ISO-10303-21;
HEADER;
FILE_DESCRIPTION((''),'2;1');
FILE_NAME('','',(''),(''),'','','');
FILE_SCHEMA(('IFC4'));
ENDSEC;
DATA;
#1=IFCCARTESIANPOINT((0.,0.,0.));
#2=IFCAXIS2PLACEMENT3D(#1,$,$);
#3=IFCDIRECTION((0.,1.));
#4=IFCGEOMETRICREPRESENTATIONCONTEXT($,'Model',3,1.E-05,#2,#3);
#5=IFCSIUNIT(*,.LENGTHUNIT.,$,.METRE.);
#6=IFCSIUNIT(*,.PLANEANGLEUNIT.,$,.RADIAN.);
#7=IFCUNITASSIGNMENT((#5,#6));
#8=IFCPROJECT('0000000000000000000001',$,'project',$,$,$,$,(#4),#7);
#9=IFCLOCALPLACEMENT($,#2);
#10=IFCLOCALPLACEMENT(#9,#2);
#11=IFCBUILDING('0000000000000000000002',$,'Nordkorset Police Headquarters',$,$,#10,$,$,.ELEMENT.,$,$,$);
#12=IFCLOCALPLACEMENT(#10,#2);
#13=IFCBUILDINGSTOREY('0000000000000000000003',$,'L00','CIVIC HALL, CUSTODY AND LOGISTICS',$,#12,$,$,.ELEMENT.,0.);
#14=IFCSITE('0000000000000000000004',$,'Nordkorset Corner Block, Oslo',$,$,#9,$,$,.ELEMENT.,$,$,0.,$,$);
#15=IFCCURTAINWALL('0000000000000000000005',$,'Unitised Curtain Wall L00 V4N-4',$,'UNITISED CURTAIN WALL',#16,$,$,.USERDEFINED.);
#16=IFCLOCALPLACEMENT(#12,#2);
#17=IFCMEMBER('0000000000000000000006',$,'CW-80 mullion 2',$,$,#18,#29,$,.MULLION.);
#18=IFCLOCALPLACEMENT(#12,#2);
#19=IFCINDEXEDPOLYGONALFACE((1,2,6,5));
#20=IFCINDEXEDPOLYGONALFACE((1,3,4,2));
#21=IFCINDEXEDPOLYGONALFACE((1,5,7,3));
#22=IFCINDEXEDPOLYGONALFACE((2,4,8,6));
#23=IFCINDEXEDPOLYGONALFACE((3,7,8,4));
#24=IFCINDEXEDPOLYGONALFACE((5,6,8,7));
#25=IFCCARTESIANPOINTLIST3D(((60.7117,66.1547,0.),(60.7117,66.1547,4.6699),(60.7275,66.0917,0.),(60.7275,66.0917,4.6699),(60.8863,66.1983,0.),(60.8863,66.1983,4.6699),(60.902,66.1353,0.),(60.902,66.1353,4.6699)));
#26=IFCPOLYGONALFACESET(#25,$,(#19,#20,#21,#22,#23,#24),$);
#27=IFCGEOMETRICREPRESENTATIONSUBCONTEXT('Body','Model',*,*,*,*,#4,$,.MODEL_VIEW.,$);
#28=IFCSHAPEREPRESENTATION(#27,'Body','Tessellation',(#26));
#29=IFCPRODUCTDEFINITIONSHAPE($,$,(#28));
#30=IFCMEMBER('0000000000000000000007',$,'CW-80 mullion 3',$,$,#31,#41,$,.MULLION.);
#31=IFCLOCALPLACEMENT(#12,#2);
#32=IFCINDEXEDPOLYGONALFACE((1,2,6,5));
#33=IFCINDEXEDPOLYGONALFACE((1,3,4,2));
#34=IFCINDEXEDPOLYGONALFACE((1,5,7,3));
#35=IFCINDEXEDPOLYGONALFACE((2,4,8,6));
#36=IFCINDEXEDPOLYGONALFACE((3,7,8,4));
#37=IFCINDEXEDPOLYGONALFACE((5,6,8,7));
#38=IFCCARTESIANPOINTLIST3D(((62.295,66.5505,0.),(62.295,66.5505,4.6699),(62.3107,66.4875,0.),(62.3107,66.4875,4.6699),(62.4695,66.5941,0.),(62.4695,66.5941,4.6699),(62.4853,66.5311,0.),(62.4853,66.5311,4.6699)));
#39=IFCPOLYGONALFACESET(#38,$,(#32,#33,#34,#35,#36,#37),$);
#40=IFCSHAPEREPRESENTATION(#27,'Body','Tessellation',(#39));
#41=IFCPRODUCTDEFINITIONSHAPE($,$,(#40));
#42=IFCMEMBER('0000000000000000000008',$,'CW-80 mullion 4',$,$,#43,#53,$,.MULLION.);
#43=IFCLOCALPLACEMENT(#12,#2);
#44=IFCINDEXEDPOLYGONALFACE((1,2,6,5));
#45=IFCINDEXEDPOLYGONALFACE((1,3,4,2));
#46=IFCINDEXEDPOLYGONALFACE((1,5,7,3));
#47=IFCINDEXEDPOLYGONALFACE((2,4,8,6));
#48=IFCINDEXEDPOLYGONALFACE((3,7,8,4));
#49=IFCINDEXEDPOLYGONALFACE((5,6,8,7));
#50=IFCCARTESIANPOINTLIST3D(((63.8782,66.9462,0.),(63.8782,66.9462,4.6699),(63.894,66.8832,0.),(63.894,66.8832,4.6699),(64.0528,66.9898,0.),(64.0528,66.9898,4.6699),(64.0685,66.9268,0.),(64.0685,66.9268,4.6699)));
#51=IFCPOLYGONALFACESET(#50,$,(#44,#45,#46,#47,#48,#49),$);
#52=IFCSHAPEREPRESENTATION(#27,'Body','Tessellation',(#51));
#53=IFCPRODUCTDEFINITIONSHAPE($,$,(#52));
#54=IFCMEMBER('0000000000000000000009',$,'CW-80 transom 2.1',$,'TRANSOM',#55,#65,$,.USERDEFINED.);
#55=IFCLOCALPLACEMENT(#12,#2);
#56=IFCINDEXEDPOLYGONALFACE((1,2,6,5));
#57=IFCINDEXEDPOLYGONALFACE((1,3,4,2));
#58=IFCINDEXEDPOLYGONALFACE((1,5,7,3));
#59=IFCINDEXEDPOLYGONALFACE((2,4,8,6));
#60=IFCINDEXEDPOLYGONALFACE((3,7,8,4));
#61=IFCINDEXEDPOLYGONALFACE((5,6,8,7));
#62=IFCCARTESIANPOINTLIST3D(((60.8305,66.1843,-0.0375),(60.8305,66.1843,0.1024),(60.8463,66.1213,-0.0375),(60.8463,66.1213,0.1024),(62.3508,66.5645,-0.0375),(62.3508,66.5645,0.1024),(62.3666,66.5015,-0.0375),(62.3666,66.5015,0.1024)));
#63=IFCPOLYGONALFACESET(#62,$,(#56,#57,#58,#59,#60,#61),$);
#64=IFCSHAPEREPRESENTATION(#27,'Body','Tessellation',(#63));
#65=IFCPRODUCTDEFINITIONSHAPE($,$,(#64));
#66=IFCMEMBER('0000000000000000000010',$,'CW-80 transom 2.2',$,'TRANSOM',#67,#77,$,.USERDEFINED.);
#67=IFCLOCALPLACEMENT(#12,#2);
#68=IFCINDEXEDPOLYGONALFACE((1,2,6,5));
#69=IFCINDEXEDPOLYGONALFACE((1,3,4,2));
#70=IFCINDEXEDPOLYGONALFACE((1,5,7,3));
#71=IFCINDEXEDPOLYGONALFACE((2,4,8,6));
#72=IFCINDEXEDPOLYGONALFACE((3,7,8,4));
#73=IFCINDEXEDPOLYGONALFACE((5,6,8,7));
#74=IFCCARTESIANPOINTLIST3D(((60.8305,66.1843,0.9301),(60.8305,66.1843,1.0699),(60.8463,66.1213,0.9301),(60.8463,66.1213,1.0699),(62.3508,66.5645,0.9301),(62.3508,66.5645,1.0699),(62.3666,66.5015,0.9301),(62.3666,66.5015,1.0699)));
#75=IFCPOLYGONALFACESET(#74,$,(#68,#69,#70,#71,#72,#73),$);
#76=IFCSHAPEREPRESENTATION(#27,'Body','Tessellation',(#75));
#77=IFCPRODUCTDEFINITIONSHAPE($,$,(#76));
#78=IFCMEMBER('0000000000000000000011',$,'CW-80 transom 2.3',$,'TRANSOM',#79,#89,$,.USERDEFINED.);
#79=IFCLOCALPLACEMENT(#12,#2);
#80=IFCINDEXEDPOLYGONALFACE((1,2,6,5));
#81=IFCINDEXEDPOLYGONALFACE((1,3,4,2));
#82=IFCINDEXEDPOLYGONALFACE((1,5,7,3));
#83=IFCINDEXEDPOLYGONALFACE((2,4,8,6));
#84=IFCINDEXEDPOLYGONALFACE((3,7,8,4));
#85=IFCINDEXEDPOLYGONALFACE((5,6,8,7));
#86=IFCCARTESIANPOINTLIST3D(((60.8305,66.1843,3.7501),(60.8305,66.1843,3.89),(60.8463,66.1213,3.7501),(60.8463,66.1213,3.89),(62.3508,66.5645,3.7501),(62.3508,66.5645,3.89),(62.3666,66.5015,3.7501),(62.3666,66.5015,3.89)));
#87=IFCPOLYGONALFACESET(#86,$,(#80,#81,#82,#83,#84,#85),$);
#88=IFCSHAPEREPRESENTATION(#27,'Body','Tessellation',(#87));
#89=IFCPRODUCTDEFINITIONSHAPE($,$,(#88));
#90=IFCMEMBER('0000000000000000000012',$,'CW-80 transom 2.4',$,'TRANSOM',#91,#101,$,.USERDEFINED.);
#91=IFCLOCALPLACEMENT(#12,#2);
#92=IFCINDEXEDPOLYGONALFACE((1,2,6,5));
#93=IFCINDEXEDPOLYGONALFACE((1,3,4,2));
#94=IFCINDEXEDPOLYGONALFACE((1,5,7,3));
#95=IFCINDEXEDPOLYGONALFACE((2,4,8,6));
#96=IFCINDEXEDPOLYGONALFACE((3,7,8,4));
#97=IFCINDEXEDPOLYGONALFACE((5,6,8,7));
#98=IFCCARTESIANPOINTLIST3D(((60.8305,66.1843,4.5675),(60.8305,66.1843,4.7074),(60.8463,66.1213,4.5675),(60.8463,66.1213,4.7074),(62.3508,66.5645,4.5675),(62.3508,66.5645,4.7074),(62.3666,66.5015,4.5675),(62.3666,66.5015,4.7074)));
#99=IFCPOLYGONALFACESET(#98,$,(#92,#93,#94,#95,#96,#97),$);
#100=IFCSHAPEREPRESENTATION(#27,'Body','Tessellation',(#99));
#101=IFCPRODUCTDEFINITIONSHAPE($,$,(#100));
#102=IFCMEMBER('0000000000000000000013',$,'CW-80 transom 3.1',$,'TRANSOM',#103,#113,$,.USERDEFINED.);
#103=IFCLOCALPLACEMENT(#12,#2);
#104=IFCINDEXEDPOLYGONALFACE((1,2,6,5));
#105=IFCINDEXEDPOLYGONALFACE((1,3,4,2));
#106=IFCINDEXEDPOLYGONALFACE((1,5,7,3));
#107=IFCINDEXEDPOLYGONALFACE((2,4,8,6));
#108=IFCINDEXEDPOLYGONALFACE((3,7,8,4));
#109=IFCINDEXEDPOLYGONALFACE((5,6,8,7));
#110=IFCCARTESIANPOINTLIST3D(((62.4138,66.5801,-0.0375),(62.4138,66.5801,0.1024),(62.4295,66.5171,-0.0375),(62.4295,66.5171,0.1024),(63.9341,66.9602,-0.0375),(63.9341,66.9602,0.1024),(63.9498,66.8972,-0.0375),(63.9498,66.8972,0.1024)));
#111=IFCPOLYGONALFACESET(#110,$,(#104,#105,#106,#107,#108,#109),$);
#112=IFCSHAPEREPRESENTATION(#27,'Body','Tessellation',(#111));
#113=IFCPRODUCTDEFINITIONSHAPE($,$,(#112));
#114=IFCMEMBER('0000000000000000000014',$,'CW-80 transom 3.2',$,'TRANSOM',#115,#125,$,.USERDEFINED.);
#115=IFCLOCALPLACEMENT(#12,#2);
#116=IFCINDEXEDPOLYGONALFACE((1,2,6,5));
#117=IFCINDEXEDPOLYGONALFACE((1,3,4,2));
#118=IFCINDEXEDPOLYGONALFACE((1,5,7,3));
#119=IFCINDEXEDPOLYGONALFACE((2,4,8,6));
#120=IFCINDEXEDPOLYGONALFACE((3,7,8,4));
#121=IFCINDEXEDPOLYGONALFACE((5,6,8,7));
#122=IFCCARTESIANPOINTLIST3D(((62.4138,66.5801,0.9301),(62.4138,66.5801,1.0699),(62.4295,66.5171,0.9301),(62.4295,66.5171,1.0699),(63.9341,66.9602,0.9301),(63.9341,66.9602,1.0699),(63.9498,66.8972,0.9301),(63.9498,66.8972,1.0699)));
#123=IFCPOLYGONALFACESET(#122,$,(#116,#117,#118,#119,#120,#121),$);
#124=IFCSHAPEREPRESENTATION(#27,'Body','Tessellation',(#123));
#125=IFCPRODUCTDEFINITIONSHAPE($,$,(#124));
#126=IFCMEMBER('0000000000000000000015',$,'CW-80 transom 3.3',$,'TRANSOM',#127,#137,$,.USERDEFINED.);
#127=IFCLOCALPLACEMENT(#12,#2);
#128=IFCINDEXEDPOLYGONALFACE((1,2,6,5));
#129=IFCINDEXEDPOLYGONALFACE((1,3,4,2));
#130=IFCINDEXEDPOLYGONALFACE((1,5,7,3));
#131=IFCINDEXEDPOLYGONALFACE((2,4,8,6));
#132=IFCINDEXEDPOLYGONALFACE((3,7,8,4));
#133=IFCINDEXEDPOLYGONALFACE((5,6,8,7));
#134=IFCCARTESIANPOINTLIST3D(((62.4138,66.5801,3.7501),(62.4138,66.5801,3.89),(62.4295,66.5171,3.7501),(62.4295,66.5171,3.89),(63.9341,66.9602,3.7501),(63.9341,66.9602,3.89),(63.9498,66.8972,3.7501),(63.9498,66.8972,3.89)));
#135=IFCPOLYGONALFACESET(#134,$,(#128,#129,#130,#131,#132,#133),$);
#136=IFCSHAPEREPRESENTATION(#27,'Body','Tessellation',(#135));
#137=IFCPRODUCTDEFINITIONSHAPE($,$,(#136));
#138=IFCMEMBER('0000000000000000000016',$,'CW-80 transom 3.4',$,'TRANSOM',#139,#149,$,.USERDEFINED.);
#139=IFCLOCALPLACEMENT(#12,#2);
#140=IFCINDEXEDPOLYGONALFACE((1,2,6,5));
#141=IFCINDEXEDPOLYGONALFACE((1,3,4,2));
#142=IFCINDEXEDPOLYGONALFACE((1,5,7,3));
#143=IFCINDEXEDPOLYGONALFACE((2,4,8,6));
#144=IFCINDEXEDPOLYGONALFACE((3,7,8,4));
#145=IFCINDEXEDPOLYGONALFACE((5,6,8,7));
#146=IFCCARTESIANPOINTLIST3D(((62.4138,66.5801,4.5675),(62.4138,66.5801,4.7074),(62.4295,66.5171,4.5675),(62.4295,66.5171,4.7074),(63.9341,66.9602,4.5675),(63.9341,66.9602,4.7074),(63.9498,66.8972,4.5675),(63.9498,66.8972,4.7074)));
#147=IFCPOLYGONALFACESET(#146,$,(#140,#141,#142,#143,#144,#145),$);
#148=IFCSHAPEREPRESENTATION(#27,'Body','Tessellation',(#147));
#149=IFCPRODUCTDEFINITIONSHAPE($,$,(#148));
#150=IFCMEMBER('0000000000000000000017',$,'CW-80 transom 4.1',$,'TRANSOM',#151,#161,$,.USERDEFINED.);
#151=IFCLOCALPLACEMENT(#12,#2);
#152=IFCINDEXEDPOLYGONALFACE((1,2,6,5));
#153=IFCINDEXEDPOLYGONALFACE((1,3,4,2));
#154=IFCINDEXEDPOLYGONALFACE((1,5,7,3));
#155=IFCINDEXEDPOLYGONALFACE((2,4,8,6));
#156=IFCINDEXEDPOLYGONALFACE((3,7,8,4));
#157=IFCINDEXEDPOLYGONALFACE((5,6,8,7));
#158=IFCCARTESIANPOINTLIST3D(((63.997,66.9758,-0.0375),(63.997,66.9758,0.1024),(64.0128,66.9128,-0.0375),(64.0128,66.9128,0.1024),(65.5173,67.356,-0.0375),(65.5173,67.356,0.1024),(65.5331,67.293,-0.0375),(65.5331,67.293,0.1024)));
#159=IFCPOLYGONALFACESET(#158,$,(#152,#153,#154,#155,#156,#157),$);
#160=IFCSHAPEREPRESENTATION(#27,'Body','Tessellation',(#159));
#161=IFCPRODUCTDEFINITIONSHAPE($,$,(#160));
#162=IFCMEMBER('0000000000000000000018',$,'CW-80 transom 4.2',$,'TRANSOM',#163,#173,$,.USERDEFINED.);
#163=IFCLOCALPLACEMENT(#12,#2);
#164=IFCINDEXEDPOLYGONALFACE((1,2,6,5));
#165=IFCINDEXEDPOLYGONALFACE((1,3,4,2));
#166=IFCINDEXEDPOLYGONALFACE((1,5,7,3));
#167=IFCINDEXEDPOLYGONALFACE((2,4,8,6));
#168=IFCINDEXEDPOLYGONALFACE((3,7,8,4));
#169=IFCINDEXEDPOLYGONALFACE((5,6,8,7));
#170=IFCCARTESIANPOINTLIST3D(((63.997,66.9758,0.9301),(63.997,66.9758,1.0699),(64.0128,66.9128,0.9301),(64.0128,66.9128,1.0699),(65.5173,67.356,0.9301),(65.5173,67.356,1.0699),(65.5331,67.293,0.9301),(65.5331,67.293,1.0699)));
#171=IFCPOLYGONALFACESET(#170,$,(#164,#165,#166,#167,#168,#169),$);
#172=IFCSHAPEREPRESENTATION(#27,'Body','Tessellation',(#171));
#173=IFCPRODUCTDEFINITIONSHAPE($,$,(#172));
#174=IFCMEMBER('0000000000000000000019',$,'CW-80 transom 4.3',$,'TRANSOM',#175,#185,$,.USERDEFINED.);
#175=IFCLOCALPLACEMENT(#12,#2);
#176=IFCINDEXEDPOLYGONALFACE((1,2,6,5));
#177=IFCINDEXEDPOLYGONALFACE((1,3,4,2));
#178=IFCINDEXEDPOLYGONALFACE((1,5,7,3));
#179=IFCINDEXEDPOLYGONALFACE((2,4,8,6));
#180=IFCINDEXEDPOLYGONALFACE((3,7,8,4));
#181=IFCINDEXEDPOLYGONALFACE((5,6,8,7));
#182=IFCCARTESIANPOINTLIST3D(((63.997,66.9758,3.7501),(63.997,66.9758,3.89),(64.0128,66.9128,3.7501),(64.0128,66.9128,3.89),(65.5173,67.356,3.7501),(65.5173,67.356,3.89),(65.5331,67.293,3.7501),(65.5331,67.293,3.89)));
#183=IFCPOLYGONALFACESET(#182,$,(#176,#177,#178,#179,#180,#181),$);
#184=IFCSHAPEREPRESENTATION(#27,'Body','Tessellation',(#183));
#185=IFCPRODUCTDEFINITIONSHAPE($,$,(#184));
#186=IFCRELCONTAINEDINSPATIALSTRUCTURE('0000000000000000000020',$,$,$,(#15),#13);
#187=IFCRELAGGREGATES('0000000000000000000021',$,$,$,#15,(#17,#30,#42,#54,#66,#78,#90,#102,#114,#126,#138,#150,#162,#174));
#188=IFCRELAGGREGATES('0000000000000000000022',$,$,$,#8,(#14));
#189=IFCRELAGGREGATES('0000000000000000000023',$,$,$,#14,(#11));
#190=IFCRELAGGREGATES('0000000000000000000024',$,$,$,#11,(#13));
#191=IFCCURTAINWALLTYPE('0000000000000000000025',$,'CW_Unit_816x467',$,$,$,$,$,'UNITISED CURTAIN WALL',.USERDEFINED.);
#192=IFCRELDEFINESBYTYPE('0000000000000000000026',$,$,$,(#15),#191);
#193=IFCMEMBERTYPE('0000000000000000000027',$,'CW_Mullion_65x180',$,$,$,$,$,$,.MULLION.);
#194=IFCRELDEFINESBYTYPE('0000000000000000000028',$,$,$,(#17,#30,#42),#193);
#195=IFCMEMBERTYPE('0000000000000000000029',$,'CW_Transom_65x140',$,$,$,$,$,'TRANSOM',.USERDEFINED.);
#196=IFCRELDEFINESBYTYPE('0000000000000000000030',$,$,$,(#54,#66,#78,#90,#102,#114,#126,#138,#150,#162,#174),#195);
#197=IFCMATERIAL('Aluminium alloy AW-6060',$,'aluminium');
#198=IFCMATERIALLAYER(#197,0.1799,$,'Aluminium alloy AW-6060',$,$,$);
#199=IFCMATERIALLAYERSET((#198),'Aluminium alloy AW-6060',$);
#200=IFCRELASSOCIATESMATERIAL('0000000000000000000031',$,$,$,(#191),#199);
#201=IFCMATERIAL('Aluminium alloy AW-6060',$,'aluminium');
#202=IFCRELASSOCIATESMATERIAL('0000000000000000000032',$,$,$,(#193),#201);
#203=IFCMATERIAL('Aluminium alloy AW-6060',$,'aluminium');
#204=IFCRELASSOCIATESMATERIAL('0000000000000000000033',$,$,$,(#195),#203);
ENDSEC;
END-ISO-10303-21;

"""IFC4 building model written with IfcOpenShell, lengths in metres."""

from ifc_helpers import new_model, si_unit, direction, frame, origin, origin_2d, place, context, subcontext, project, spatial, rectangle, extrude, material, layer, layer_set, material_profile, profile_set, type_object, element, aggregate, save


model = new_model("IFC4")

# Units and contexts
model_context = context("Model", 3, precision=1e-05, world=origin(), true_north=direction((0.0, 1.0)))
body_context = subcontext(model_context, "Body", "Model", "MODEL_VIEW")
ifc_project = project(units=[si_unit("LENGTHUNIT", "METRE"), si_unit("PLANEANGLEUNIT", "RADIAN")], contexts=[model_context])

# Site, building, storey
site_placement = place(None, origin())
site = spatial("IfcSite", under=ifc_project, at=site_placement, Name="Nordkorset Corner Block, Oslo", CompositionType="ELEMENT", RefElevation=0.0)
building_placement = place(site_placement, origin())
building = spatial("IfcBuilding", under=site, at=building_placement, Name="Nordkorset Police Headquarters", CompositionType="ELEMENT")
storey_placement = place(building_placement, origin())
storey = spatial("IfcBuildingStorey", under=building, at=storey_placement, Name="L00", Description="CIVIC HALL, CUSTODY AND LOGISTICS", CompositionType="ELEMENT", Elevation=0.0)

# Curtain wall, members
ifc_material_1 = material(Name="Aluminium alloy AW-6060", Category="aluminium")
ifc_layer_1 = layer(ifc_material_1, 0.1799, Name="Aluminium alloy AW-6060")
ifc_layer_set_1 = layer_set([ifc_layer_1], Name="Aluminium alloy AW-6060")
curtain_wall_type = type_object("IfcCurtainWallType", Name="CW_Unit_816x467", ElementType="UNITISED CURTAIN WALL", PredefinedType="USERDEFINED", material=ifc_layer_set_1)
curtain_wall_placement = place(storey_placement, origin())
curtain_wall = element("IfcCurtainWall", 1, at=curtain_wall_placement, inside=storey, type_object=curtain_wall_type, Name="Unitised Curtain Wall L00 V4N-4", ObjectType="UNITISED CURTAIN WALL", PredefinedType="USERDEFINED")
ifc_material_2 = material(Name="Aluminium alloy AW-6060", Category="aluminium")
ifc_material_profile_1 = material_profile(ifc_material_2, rectangle(XDim=0.0649, YDim=0.1799, at=origin_2d()), Name="ALU MULL 65x180")
ifc_profile_set_1 = profile_set([ifc_material_profile_1], Name="Aluminium alloy AW-6060")
member_type_1 = type_object("IfcMemberType", Name="CW_Mullion_65x180", PredefinedType="MULLION", material=ifc_profile_set_1)
member_1_placement = place(storey_placement, frame((60.8069, 66.145, 0.0), z_axis=(0.0, 0.0, 1.0), x_axis=(-0.242535, 0.970143, 0.0)))
member_1 = element("IfcMember", 2, at=member_1_placement, type_object=member_type_1, Name="CW-80 mullion 2", PredefinedType="MULLION", context=body_context, shape_type="SweptSolid", body=[
    extrude(rectangle(XDim=0.0649, YDim=0.1799, at=origin_2d()), origin(), (0.0, 0.0, 1.0), 4.6699),
])
member_2_placement = place(storey_placement, frame((62.3901, 66.5408, 0.0), z_axis=(0.0, 0.0, 1.0), x_axis=(-0.242535, 0.970143, 0.0)))
member_2 = element("IfcMember", 3, at=member_2_placement, type_object=member_type_1, Name="CW-80 mullion 3", PredefinedType="MULLION", context=body_context, shape_type="SweptSolid", body=[
    extrude(rectangle(XDim=0.0649, YDim=0.1799, at=origin_2d()), origin(), (0.0, 0.0, 1.0), 4.6699),
])
member_3_placement = place(storey_placement, frame((63.9734, 66.9365, 0.0), z_axis=(0.0, 0.0, 1.0), x_axis=(-0.242535, 0.970143, 0.0)))
member_3 = element("IfcMember", 4, at=member_3_placement, type_object=member_type_1, Name="CW-80 mullion 4", PredefinedType="MULLION", context=body_context, shape_type="SweptSolid", body=[
    extrude(rectangle(XDim=0.0649, YDim=0.1799, at=origin_2d()), origin(), (0.0, 0.0, 1.0), 4.6699),
])
ifc_material_3 = material(Name="Aluminium alloy AW-6060", Category="aluminium")
ifc_material_profile_2 = material_profile(ifc_material_3, rectangle(XDim=0.0649, YDim=0.1399, at=origin_2d()), Name="ALU TRAN 65x140")
ifc_profile_set_2 = profile_set([ifc_material_profile_2], Name="Aluminium alloy AW-6060")
member_type_2 = type_object("IfcMemberType", Name="CW_Transom_65x140", ElementType="TRANSOM", PredefinedType="USERDEFINED", material=ifc_profile_set_2)
member_4_placement = place(storey_placement, frame((60.8384, 66.1528, 0.0325), z_axis=(0.970133, 0.242572, 0.0), x_axis=(-0.242572, 0.970133, 0.0)))
member_4 = element("IfcMember", 5, at=member_4_placement, type_object=member_type_2, Name="CW-80 transom 2.1", ObjectType="TRANSOM", PredefinedType="USERDEFINED", context=body_context, shape_type="SweptSolid", body=[
    extrude(rectangle(XDim=0.0649, YDim=0.1399, at=origin_2d()), origin(), (0.0, 0.0, 1.0), 1.5671),
])
member_5_placement = place(storey_placement, frame((60.8384, 66.1528, 1.0), z_axis=(0.970133, 0.242572, 0.0), x_axis=(-0.242572, 0.970133, 0.0)))
member_5 = element("IfcMember", 6, at=member_5_placement, type_object=member_type_2, Name="CW-80 transom 2.2", ObjectType="TRANSOM", PredefinedType="USERDEFINED", context=body_context, shape_type="SweptSolid", body=[
    extrude(rectangle(XDim=0.0649, YDim=0.1399, at=origin_2d()), origin(), (0.0, 0.0, 1.0), 1.5671),
])
member_6_placement = place(storey_placement, frame((60.8384, 66.1528, 3.8201), z_axis=(0.970133, 0.242572, 0.0), x_axis=(-0.242572, 0.970133, 0.0)))
member_6 = element("IfcMember", 7, at=member_6_placement, type_object=member_type_2, Name="CW-80 transom 2.3", ObjectType="TRANSOM", PredefinedType="USERDEFINED", context=body_context, shape_type="SweptSolid", body=[
    extrude(rectangle(XDim=0.0649, YDim=0.1399, at=origin_2d()), origin(), (0.0, 0.0, 1.0), 1.5671),
])
member_7_placement = place(storey_placement, frame((60.8384, 66.1528, 4.6375), z_axis=(0.970133, 0.242572, 0.0), x_axis=(-0.242572, 0.970133, 0.0)))
member_7 = element("IfcMember", 8, at=member_7_placement, type_object=member_type_2, Name="CW-80 transom 2.4", ObjectType="TRANSOM", PredefinedType="USERDEFINED", context=body_context, shape_type="SweptSolid", body=[
    extrude(rectangle(XDim=0.0649, YDim=0.1399, at=origin_2d()), origin(), (0.0, 0.0, 1.0), 1.5671),
])
member_8_placement = place(storey_placement, frame((62.4216, 66.5486, 0.0325), z_axis=(0.970133, 0.242572, 0.0), x_axis=(-0.242572, 0.970133, 0.0)))
member_8 = element("IfcMember", 9, at=member_8_placement, type_object=member_type_2, Name="CW-80 transom 3.1", ObjectType="TRANSOM", PredefinedType="USERDEFINED", context=body_context, shape_type="SweptSolid", body=[
    extrude(rectangle(XDim=0.0649, YDim=0.1399, at=origin_2d()), origin(), (0.0, 0.0, 1.0), 1.5671),
])
member_9_placement = place(storey_placement, frame((62.4216, 66.5486, 1.0), z_axis=(0.970133, 0.242572, 0.0), x_axis=(-0.242572, 0.970133, 0.0)))
member_9 = element("IfcMember", 10, at=member_9_placement, type_object=member_type_2, Name="CW-80 transom 3.2", ObjectType="TRANSOM", PredefinedType="USERDEFINED", context=body_context, shape_type="SweptSolid", body=[
    extrude(rectangle(XDim=0.0649, YDim=0.1399, at=origin_2d()), origin(), (0.0, 0.0, 1.0), 1.5671),
])
member_10_placement = place(storey_placement, frame((62.4216, 66.5486, 3.8201), z_axis=(0.970133, 0.242572, 0.0), x_axis=(-0.242572, 0.970133, 0.0)))
member_10 = element("IfcMember", 11, at=member_10_placement, type_object=member_type_2, Name="CW-80 transom 3.3", ObjectType="TRANSOM", PredefinedType="USERDEFINED", context=body_context, shape_type="SweptSolid", body=[
    extrude(rectangle(XDim=0.0649, YDim=0.1399, at=origin_2d()), origin(), (0.0, 0.0, 1.0), 1.5671),
])
member_11_placement = place(storey_placement, frame((62.4216, 66.5486, 4.6375), z_axis=(0.970133, 0.242572, 0.0), x_axis=(-0.242572, 0.970133, 0.0)))
member_11 = element("IfcMember", 12, at=member_11_placement, type_object=member_type_2, Name="CW-80 transom 3.4", ObjectType="TRANSOM", PredefinedType="USERDEFINED", context=body_context, shape_type="SweptSolid", body=[
    extrude(rectangle(XDim=0.0649, YDim=0.1399, at=origin_2d()), origin(), (0.0, 0.0, 1.0), 1.5671),
])
member_12_placement = place(storey_placement, frame((64.0049, 66.9443, 0.0325), z_axis=(0.970133, 0.242572, 0.0), x_axis=(-0.242572, 0.970133, 0.0)))
member_12 = element("IfcMember", 13, at=member_12_placement, type_object=member_type_2, Name="CW-80 transom 4.1", ObjectType="TRANSOM", PredefinedType="USERDEFINED", context=body_context, shape_type="SweptSolid", body=[
    extrude(rectangle(XDim=0.0649, YDim=0.1399, at=origin_2d()), origin(), (0.0, 0.0, 1.0), 1.5671),
])
member_13_placement = place(storey_placement, frame((64.0049, 66.9443, 1.0), z_axis=(0.970133, 0.242572, 0.0), x_axis=(-0.242572, 0.970133, 0.0)))
member_13 = element("IfcMember", 14, at=member_13_placement, type_object=member_type_2, Name="CW-80 transom 4.2", ObjectType="TRANSOM", PredefinedType="USERDEFINED", context=body_context, shape_type="SweptSolid", body=[
    extrude(rectangle(XDim=0.0649, YDim=0.1399, at=origin_2d()), origin(), (0.0, 0.0, 1.0), 1.5671),
])
member_14_placement = place(storey_placement, frame((64.0049, 66.9443, 3.8201), z_axis=(0.970133, 0.242572, 0.0), x_axis=(-0.242572, 0.970133, 0.0)))
member_14 = element("IfcMember", 15, at=member_14_placement, type_object=member_type_2, Name="CW-80 transom 4.3", ObjectType="TRANSOM", PredefinedType="USERDEFINED", context=body_context, shape_type="SweptSolid", body=[
    extrude(rectangle(XDim=0.0649, YDim=0.1399, at=origin_2d()), origin(), (0.0, 0.0, 1.0), 1.5671),
])
aggregate(curtain_wall, [member_1, member_2, member_3, member_4, member_5, member_6, member_7, member_8, member_9, member_10, member_11, member_12, member_13, member_14])

save(model, "model.ifc")
